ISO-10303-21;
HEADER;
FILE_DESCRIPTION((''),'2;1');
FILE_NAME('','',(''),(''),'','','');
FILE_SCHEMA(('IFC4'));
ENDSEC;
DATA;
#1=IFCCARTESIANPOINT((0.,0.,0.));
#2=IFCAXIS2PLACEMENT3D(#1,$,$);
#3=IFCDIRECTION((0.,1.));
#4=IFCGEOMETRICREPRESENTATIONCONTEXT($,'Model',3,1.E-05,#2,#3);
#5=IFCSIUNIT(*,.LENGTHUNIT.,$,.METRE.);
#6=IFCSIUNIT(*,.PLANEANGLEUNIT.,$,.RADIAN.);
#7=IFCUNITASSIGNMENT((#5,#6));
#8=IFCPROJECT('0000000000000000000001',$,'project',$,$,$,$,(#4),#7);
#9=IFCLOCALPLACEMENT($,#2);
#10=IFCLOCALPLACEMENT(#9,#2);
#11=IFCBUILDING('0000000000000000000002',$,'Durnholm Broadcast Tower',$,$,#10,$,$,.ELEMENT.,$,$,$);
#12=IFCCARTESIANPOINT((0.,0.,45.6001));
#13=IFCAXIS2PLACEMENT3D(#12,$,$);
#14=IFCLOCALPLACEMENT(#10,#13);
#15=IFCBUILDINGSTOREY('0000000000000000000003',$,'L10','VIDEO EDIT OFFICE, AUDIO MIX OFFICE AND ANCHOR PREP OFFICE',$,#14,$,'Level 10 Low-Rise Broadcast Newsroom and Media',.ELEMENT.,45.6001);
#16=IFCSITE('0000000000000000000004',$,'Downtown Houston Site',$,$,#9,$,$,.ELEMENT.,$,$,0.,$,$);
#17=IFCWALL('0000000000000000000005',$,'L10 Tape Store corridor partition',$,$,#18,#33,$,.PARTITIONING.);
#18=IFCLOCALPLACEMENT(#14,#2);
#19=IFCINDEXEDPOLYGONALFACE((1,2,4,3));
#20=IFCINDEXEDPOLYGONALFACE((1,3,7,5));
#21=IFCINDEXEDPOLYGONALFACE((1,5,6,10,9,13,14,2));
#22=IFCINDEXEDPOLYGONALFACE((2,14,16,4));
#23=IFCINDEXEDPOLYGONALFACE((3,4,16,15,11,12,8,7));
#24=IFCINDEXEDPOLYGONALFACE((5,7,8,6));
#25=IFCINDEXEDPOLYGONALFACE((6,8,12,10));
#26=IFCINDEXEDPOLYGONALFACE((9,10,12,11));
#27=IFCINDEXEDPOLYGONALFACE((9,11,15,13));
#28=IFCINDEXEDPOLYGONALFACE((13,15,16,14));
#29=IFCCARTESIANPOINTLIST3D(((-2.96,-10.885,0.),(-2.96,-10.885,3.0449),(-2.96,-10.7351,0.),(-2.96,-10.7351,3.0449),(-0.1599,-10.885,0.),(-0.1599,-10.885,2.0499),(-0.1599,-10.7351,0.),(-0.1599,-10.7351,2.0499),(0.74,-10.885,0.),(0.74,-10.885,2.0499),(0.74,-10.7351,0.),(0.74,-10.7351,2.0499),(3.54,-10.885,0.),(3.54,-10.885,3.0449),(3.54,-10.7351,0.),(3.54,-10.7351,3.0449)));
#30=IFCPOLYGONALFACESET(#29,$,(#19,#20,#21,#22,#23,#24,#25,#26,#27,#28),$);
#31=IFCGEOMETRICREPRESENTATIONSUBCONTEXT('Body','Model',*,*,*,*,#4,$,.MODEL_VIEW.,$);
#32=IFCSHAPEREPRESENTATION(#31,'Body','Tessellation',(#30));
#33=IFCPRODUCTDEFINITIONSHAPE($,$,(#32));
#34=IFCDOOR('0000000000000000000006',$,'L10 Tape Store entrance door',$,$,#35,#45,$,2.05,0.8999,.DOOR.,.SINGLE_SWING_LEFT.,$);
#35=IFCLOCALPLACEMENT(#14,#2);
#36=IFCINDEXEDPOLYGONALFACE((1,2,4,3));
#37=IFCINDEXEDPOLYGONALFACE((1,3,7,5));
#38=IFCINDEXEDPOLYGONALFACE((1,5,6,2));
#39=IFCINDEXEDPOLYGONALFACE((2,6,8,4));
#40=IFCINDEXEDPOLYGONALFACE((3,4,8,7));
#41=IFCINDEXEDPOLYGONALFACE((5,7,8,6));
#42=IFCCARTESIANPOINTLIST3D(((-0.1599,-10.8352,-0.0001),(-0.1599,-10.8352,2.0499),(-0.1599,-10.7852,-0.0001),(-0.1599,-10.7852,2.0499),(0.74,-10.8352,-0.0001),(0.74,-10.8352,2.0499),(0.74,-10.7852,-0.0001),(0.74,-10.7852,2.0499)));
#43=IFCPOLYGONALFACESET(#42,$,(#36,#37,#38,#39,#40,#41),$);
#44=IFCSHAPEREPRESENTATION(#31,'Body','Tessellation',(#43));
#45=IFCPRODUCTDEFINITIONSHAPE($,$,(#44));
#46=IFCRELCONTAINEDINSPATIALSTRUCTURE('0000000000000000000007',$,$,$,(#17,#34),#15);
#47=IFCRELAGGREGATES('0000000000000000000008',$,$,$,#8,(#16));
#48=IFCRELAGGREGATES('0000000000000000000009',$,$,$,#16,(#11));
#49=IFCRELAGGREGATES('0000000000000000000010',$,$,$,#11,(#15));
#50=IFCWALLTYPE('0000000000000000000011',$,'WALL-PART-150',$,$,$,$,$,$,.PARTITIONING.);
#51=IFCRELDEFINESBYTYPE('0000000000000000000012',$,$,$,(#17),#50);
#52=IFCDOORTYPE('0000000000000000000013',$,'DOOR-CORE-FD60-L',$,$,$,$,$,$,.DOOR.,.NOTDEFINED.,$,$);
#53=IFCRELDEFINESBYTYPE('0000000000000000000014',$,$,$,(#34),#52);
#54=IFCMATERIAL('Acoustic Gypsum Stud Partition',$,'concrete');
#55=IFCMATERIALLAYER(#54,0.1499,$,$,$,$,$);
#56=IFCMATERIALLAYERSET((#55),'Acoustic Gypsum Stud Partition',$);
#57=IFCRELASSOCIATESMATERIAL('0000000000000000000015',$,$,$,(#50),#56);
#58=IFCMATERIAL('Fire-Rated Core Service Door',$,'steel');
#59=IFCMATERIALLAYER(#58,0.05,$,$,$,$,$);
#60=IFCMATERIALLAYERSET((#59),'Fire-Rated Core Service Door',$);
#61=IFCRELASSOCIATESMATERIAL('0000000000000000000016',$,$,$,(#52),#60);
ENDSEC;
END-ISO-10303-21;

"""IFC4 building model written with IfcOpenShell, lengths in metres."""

from ifc_helpers import new_model, si_unit, direction, frame, frame_2d, origin, place, context, subcontext, project, spatial, rectangle, extrude, source, transform, mapped, material, layer, layer_set, type_object, type_shapes, element, fill, save


model = new_model("IFC4")

# Units and contexts
model_context = context("Model", 3, precision=1e-05, world=origin(), true_north=direction((0.0, 1.0)))
body_context = subcontext(model_context, "Body", "Model", "MODEL_VIEW")
ifc_project = project(units=[si_unit("LENGTHUNIT", "METRE"), si_unit("PLANEANGLEUNIT", "RADIAN")], contexts=[model_context])

# Site, building, storey
site_placement = place(None, origin())
site = spatial("IfcSite", under=ifc_project, at=site_placement, Name="Downtown Houston Site", CompositionType="ELEMENT", RefElevation=0.0)
building_placement = place(site_placement, origin())
building = spatial("IfcBuilding", under=site, at=building_placement, Name="Durnholm Broadcast Tower", CompositionType="ELEMENT")
storey_placement = place(building_placement, frame((0.0, 0.0, 45.6001)))
storey = spatial("IfcBuildingStorey", under=building, at=storey_placement, Name="L10", Description="VIDEO EDIT OFFICE, AUDIO MIX OFFICE AND ANCHOR PREP OFFICE", LongName="Level 10 Low-Rise Broadcast Newsroom and Media", CompositionType="ELEMENT", Elevation=45.6001)

# Shared definitions
ifc_material_1 = material(Name="Acoustic Gypsum Stud Partition", Category="concrete")
ifc_layer_1 = layer(ifc_material_1, 0.1499)
ifc_layer_set_1 = layer_set([ifc_layer_1], Name="Acoustic Gypsum Stud Partition")
wall_type_1 = type_object("IfcWallType", Name="WALL-PART-150", PredefinedType="PARTITIONING", material=ifc_layer_set_1)

# Wall, opening, door
wall_1_placement = place(storey_placement, frame((-2.96, -10.8101, 0.0), z_axis=(0.0, 0.0, 1.0), x_axis=(1.0, 0.0, 0.0)))
wall_1 = element("IfcWall", 1, at=wall_1_placement, inside=storey, type_object=wall_type_1, Name="L10 Tape Store corridor partition", PredefinedType="PARTITIONING", context=body_context, shape_type="SweptSolid", body=[
    extrude(rectangle(XDim=6.5, YDim=0.1499, at=frame_2d((3.25, 0.0))), origin(), (0.0, 0.0, 1.0), 3.0449),
])
opening_1_placement = place(wall_1_placement, frame((2.8, 0.0, 0.0)))
opening_1 = element("IfcOpeningElement", 2, at=opening_1_placement, cuts=wall_1, PredefinedType="OPENING", context=body_context, shape_type="SweptSolid", body=[
    extrude(rectangle(XDim=0.8999, YDim=2.05, at=frame_2d((0.45, 1.0249))), frame((0.0, 0.085, 0.0), z_axis=(0.0, -1.0, 0.0), x_axis=(1.0, 0.0, 0.0)), (0.0, 0.0, 1.0), 0.1699),
])
ifc_material_2 = material(Name="Fire-Rated Core Service Door", Category="steel")
ifc_layer_2 = layer(ifc_material_2, 0.05)
ifc_layer_set_2 = layer_set([ifc_layer_2], Name="Fire-Rated Core Service Door")
door_type_1 = type_object("IfcDoorType", Name="DOOR-CORE-FD60-L", OperationType="NOTDEFINED", PredefinedType="DOOR", material=ifc_layer_set_2)
shared_shape_1 = source(origin(), body_context, "Body", "SweptSolid", [
    extrude(rectangle(XDim=0.8999, YDim=2.05, at=frame_2d((0.45, 1.0249))), frame((0.0, 0.0249, 0.0), z_axis=(0.0, -1.0, 0.0), x_axis=(1.0, 0.0, 0.0)), (0.0, 0.0, 1.0), 0.05),
])
type_shapes(door_type_1, [shared_shape_1])
door_1_placement = place(opening_1_placement, origin())
door_1 = element("IfcDoor", 3, at=door_1_placement, inside=storey, type_object=door_type_1, Name="L10 Tape Store entrance door", OperationType="SINGLE_SWING_LEFT", OverallHeight=2.05, OverallWidth=0.8999, PredefinedType="DOOR", context=body_context, shape_type="MappedRepresentation", body=[
    mapped(shared_shape_1, transform((0.0, 0.0, 0.0), x_axis=(1.0, 0.0, 0.0), y_axis=(0.0, 1.0, 0.0), z_axis=(0.0, 0.0, 1.0), scale=1.0)),
])
fill(opening_1, door_1)

save(model, "model.ifc")
